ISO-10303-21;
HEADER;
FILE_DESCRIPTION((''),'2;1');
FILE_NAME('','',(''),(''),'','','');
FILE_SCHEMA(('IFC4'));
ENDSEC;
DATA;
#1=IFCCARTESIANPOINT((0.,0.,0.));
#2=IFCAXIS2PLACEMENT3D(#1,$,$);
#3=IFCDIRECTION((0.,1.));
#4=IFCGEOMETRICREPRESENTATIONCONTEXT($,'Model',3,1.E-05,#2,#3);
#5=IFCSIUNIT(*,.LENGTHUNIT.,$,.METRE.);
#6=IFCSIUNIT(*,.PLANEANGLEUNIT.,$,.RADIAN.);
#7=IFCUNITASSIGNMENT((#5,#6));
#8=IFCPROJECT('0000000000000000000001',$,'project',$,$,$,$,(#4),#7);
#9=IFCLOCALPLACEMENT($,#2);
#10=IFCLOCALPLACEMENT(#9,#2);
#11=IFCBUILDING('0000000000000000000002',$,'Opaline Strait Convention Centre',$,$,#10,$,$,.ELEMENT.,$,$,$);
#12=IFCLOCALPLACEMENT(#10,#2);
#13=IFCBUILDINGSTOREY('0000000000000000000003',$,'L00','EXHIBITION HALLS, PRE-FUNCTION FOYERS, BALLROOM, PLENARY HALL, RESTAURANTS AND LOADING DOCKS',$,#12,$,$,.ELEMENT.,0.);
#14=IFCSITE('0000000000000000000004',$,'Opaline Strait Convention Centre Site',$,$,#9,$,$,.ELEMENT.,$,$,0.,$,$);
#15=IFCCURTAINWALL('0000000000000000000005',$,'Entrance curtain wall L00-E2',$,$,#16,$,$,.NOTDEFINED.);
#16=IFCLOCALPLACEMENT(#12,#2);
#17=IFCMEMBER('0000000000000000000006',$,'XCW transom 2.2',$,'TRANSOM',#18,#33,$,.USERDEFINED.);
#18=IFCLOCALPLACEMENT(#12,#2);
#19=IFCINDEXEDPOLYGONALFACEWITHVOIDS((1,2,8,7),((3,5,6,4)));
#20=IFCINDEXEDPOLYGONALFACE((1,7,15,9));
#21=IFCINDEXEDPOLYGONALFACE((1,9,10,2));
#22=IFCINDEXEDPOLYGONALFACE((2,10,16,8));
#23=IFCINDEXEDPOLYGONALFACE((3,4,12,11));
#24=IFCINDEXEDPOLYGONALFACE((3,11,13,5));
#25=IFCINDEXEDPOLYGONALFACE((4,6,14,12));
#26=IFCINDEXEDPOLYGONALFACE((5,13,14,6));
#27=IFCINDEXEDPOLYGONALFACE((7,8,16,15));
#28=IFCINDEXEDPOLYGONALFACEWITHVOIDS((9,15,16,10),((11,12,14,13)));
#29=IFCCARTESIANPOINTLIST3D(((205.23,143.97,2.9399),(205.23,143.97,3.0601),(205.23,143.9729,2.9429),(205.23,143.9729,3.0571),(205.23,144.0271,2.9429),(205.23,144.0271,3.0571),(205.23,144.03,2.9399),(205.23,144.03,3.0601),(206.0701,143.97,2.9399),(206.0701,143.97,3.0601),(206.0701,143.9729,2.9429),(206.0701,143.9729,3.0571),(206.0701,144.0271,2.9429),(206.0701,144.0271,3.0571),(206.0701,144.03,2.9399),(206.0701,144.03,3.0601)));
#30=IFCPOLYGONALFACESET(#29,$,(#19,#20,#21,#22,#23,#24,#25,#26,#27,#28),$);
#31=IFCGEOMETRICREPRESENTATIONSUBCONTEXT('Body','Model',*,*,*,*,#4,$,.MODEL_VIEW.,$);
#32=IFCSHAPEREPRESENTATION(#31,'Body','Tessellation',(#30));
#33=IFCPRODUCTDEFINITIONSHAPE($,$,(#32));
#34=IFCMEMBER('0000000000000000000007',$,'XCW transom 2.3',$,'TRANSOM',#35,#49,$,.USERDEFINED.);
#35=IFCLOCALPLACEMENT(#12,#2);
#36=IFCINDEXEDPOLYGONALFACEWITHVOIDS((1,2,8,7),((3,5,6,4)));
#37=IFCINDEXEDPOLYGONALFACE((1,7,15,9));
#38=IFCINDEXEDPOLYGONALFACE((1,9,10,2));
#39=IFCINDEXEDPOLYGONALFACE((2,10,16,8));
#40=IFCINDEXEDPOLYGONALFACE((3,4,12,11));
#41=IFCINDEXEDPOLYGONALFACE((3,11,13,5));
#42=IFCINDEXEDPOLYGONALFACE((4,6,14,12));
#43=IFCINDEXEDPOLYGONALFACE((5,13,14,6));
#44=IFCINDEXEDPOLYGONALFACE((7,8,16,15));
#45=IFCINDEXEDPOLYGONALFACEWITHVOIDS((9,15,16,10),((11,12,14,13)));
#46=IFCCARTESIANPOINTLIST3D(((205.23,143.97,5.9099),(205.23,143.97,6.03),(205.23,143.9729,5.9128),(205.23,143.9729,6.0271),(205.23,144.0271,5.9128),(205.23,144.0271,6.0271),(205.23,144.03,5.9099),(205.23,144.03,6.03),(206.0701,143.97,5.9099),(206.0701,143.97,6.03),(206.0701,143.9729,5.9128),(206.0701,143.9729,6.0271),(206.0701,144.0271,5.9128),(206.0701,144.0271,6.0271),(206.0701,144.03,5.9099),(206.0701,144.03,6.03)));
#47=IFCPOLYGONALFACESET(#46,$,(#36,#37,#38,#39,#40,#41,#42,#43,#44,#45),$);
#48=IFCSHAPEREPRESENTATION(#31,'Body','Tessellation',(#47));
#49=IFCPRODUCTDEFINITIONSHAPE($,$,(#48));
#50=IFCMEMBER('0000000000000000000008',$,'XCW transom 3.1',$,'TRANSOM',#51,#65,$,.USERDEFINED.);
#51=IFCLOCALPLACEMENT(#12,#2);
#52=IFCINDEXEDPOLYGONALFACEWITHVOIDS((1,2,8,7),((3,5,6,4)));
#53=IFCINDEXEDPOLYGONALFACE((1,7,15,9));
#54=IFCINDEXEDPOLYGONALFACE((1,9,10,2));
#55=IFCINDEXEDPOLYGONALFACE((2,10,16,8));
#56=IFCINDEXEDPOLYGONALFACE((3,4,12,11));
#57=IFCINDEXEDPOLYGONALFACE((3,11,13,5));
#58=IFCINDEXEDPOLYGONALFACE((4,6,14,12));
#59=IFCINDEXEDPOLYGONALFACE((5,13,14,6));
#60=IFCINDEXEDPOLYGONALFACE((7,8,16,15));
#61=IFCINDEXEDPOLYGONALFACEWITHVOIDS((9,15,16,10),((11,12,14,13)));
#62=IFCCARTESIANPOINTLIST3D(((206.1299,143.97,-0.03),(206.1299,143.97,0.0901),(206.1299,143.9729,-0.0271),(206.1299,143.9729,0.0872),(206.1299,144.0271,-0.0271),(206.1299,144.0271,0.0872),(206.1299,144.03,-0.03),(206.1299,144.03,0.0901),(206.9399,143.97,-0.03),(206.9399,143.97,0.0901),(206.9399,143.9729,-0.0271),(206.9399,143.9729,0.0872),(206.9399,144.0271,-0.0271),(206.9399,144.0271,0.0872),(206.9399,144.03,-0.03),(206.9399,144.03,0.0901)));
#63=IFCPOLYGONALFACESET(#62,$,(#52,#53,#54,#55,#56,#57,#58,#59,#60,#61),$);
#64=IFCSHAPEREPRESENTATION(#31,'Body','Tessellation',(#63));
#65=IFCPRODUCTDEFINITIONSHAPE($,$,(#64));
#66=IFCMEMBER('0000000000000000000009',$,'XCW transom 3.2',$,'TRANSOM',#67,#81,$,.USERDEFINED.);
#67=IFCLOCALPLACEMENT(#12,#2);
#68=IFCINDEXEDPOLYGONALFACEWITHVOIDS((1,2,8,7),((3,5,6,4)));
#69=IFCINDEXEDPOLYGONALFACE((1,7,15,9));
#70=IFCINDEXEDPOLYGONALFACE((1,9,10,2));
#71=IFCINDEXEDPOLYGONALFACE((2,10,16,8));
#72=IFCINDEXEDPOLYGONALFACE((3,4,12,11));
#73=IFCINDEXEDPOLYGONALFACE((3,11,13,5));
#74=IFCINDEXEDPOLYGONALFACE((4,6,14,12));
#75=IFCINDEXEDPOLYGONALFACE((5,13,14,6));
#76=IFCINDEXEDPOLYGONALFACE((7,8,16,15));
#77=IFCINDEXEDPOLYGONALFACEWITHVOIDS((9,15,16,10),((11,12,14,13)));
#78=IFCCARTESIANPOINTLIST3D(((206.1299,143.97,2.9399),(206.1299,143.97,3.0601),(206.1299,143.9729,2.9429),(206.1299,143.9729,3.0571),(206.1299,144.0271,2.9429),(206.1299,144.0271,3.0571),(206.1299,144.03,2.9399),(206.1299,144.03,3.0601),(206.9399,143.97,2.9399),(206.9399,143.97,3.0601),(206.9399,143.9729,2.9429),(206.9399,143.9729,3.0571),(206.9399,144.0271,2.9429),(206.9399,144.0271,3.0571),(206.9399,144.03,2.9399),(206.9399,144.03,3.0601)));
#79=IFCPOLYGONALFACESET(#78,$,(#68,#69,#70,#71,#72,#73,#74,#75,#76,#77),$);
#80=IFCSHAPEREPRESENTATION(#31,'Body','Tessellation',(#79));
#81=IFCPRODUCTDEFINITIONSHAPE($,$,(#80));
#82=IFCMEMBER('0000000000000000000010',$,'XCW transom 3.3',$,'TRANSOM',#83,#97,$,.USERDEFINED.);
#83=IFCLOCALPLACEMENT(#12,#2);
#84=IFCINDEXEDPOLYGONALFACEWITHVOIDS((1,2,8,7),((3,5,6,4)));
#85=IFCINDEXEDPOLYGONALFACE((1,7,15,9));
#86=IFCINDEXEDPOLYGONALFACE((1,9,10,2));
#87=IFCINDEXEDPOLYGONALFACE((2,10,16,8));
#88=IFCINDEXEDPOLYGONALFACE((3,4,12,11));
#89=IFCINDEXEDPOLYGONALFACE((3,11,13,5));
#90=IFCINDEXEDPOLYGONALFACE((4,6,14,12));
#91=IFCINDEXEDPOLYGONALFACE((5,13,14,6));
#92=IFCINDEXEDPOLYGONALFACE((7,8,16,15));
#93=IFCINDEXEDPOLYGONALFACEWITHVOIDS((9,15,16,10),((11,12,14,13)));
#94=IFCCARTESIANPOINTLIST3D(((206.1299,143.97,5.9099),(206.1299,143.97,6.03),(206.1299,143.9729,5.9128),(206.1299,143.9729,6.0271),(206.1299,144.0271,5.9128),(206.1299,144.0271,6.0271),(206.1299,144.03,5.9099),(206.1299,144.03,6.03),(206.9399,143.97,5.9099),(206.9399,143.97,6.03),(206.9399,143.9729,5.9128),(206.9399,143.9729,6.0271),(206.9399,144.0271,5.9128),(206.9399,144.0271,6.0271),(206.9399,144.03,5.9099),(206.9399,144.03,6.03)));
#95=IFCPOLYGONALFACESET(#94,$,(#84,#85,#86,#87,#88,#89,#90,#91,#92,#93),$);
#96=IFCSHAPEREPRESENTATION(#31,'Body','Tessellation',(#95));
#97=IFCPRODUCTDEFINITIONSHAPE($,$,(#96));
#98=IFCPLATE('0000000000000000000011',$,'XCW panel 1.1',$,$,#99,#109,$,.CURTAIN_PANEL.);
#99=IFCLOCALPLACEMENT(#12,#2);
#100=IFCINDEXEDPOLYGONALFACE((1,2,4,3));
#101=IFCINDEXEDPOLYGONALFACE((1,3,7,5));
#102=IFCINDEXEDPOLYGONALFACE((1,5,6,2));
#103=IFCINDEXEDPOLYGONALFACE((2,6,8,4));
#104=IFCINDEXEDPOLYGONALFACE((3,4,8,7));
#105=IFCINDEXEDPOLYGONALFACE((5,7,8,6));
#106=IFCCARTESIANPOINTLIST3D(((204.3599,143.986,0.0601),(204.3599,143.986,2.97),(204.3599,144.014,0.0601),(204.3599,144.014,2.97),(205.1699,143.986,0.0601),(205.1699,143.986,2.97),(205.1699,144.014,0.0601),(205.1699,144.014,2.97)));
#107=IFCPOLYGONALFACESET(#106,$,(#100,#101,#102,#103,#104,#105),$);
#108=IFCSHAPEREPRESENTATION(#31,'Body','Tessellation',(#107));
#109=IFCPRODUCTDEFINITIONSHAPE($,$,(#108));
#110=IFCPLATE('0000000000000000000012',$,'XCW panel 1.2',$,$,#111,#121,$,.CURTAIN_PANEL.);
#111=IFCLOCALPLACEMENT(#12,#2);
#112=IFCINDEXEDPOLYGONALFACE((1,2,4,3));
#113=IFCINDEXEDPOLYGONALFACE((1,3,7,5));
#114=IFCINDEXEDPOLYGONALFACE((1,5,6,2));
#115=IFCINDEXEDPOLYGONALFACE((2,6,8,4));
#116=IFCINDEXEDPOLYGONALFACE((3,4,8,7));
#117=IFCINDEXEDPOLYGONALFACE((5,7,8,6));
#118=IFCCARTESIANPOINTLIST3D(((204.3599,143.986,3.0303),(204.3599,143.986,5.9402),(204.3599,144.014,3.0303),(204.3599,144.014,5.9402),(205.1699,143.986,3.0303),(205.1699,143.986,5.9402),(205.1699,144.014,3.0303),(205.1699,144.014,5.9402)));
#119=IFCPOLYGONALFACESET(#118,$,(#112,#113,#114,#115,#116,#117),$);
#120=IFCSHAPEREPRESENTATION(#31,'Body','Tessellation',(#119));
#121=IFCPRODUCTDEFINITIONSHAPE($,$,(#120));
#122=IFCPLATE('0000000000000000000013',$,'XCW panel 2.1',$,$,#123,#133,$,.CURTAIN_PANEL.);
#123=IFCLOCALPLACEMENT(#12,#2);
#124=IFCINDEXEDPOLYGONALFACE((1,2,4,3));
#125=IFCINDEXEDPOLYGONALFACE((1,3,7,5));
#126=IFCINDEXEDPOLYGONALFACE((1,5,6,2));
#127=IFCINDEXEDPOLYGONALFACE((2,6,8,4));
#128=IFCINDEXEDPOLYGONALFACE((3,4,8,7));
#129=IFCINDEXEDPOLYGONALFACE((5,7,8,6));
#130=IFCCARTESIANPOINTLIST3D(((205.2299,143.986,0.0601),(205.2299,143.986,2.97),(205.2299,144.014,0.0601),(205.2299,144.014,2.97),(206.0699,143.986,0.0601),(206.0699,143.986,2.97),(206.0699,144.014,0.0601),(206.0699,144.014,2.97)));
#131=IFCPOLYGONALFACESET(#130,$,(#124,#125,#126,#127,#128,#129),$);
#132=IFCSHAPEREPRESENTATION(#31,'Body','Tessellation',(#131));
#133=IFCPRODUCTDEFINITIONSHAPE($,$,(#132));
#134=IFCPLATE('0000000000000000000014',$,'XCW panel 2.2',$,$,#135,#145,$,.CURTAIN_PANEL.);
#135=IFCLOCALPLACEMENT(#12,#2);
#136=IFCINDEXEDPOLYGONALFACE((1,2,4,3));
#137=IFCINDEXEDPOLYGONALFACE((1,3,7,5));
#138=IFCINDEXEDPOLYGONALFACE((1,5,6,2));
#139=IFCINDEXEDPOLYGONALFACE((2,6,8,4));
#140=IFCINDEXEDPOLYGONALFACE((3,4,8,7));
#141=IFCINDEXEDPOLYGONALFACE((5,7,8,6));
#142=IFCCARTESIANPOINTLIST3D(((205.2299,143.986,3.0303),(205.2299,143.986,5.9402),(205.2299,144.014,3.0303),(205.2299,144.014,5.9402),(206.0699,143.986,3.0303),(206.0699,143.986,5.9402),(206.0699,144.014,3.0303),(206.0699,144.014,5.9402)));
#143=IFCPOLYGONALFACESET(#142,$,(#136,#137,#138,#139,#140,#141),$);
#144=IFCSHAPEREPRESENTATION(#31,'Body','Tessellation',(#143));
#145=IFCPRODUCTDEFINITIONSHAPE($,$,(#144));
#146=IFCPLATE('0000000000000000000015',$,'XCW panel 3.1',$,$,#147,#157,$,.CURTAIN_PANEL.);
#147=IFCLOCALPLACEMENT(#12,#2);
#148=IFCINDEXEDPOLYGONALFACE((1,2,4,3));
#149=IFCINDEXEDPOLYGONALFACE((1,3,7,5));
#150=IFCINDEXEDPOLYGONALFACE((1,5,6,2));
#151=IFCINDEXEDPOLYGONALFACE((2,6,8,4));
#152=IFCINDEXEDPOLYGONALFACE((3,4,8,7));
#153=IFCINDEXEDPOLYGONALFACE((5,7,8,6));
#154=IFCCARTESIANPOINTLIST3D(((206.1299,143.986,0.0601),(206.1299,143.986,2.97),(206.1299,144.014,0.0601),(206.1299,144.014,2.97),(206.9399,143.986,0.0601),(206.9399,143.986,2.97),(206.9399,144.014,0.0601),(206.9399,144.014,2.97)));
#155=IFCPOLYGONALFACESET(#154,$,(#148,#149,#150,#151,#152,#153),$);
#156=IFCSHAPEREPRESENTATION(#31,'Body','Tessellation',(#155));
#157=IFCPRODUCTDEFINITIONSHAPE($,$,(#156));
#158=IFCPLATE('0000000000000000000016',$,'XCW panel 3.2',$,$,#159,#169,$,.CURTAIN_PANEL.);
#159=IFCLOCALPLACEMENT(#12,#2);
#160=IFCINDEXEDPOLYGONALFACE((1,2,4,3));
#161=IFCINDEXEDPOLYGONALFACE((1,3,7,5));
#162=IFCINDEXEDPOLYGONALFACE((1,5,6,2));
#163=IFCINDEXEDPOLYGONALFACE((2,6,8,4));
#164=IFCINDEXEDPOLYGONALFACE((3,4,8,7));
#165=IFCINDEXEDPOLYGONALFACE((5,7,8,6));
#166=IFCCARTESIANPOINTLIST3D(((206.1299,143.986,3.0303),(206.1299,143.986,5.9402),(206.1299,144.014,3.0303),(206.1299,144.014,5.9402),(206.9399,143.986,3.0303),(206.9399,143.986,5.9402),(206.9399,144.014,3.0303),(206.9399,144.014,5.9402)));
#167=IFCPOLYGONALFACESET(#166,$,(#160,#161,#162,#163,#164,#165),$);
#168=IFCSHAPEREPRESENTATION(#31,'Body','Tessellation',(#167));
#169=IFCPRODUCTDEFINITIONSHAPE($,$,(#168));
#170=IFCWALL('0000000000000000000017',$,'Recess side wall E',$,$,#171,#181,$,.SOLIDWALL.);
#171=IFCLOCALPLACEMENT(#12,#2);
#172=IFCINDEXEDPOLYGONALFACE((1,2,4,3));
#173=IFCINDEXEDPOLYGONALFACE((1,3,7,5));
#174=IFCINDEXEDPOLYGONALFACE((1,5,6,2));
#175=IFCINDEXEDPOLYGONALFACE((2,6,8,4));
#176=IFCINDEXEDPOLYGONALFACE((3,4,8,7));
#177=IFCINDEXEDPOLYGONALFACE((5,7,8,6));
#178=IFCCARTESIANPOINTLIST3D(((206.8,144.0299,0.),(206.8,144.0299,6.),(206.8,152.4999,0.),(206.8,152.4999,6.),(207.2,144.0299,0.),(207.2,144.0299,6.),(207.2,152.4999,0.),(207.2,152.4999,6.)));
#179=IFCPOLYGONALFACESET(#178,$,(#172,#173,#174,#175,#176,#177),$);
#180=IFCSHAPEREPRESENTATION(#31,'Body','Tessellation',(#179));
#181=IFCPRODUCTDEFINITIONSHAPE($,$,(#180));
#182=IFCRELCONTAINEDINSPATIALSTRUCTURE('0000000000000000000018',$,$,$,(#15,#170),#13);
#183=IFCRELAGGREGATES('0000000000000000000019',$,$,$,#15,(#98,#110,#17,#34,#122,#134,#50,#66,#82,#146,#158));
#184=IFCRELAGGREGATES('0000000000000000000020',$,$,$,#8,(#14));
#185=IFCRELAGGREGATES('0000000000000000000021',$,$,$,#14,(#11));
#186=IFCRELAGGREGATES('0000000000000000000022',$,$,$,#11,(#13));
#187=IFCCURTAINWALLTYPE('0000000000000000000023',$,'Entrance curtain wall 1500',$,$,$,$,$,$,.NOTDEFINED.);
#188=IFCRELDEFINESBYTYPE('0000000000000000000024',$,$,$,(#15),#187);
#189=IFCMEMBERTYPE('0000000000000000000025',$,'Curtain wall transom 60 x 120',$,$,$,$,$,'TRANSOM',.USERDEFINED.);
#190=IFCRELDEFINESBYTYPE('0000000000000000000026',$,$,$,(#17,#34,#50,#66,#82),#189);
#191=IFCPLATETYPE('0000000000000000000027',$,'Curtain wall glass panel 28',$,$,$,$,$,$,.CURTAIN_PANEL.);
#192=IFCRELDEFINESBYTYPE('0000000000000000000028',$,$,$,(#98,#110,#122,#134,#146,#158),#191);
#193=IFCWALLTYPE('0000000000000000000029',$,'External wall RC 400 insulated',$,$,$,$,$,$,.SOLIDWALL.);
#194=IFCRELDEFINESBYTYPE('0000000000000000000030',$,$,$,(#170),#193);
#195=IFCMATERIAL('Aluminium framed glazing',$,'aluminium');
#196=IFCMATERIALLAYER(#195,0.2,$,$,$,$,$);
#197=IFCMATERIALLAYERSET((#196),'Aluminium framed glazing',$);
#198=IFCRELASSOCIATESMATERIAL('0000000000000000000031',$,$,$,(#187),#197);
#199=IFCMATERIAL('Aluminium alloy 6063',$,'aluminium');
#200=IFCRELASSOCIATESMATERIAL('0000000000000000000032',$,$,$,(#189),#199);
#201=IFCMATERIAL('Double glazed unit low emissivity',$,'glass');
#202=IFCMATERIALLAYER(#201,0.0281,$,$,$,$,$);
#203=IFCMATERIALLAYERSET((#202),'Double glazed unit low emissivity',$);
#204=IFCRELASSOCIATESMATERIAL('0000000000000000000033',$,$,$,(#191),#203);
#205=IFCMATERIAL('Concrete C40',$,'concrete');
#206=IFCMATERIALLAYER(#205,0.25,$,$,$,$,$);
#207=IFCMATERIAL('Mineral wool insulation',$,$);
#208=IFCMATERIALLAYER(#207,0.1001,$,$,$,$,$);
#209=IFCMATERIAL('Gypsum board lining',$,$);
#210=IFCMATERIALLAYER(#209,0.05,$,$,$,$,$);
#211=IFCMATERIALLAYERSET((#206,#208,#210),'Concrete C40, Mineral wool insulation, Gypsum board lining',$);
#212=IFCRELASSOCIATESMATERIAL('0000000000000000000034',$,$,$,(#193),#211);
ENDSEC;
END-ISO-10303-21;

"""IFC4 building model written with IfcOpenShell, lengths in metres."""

from ifc_helpers import new_model, si_unit, direction, frame, frame_2d, origin, origin_2d, place, context, subcontext, project, spatial, rectangle, hollow_rectangle, extrude, material, layer, layer_set, material_profile, profile_set, type_object, element, aggregate, save


model = new_model("IFC4")

# Units and contexts
model_context = context("Model", 3, precision=1e-05, world=origin(), true_north=direction((0.0, 1.0)))
body_context = subcontext(model_context, "Body", "Model", "MODEL_VIEW")
ifc_project = project(units=[si_unit("LENGTHUNIT", "METRE"), si_unit("PLANEANGLEUNIT", "RADIAN")], contexts=[model_context])

# Site, building, storey
site_placement = place(None, origin())
site = spatial("IfcSite", under=ifc_project, at=site_placement, Name="Opaline Strait Convention Centre Site", CompositionType="ELEMENT", RefElevation=0.0)
building_placement = place(site_placement, origin())
building = spatial("IfcBuilding", under=site, at=building_placement, Name="Opaline Strait Convention Centre", CompositionType="ELEMENT")
storey_placement = place(building_placement, origin())
storey = spatial("IfcBuildingStorey", under=building, at=storey_placement, Name="L00", Description="EXHIBITION HALLS, PRE-FUNCTION FOYERS, BALLROOM, PLENARY HALL, RESTAURANTS AND LOADING DOCKS", CompositionType="ELEMENT", Elevation=0.0)

# Curtain wall, members, plates
ifc_material_1 = material(Name="Aluminium framed glazing", Category="aluminium")
ifc_layer_1 = layer(ifc_material_1, 0.2)
ifc_layer_set_1 = layer_set([ifc_layer_1], Name="Aluminium framed glazing")
curtain_wall_type = type_object("IfcCurtainWallType", Name="Entrance curtain wall 1500", PredefinedType="NOTDEFINED", material=ifc_layer_set_1)
curtain_wall_placement = place(storey_placement, origin())
curtain_wall = element("IfcCurtainWall", 1, at=curtain_wall_placement, inside=storey, type_object=curtain_wall_type, Name="Entrance curtain wall L00-E2", PredefinedType="NOTDEFINED")
ifc_material_2 = material(Name="Aluminium alloy 6063", Category="aluminium")
ifc_material_profile_1 = material_profile(ifc_material_2, hollow_rectangle(XDim=0.0601, YDim=0.1201, WallThickness=0.0029, at=origin_2d()), Name="TRANSOM 60x120x3")
ifc_profile_set_1 = profile_set([ifc_material_profile_1], Name="Aluminium alloy 6063")
member_type_1 = type_object("IfcMemberType", Name="Curtain wall transom 60 x 120", ElementType="TRANSOM", PredefinedType="USERDEFINED", material=ifc_profile_set_1)
member_1_placement = place(storey_placement, frame((205.23, 144.0, 3.0), z_axis=(1.0, 0.0, 0.0), x_axis=(0.0, 1.0, 0.0)))
member_1 = element("IfcMember", 2, at=member_1_placement, type_object=member_type_1, Name="XCW transom 2.2", ObjectType="TRANSOM", PredefinedType="USERDEFINED", context=body_context, shape_type="SweptSolid", body=[
    extrude(hollow_rectangle(XDim=0.0601, YDim=0.1201, WallThickness=0.0029, at=origin_2d()), origin(), (0.0, 0.0, 1.0), 0.8401),
])
member_2_placement = place(storey_placement, frame((205.23, 144.0, 5.97), z_axis=(1.0, 0.0, 0.0), x_axis=(0.0, 1.0, 0.0)))
member_2 = element("IfcMember", 3, at=member_2_placement, type_object=member_type_1, Name="XCW transom 2.3", ObjectType="TRANSOM", PredefinedType="USERDEFINED", context=body_context, shape_type="SweptSolid", body=[
    extrude(hollow_rectangle(XDim=0.0601, YDim=0.1201, WallThickness=0.0029, at=origin_2d()), origin(), (0.0, 0.0, 1.0), 0.8401),
])
member_3_placement = place(storey_placement, frame((206.1299, 144.0, 0.03), z_axis=(1.0, 0.0, 0.0), x_axis=(0.0, 1.0, 0.0)))
member_3 = element("IfcMember", 4, at=member_3_placement, type_object=member_type_1, Name="XCW transom 3.1", ObjectType="TRANSOM", PredefinedType="USERDEFINED", context=body_context, shape_type="SweptSolid", body=[
    extrude(hollow_rectangle(XDim=0.0601, YDim=0.1201, WallThickness=0.0029, at=origin_2d()), origin(), (0.0, 0.0, 1.0), 0.8101),
])
member_4_placement = place(storey_placement, frame((206.1299, 144.0, 3.0), z_axis=(1.0, 0.0, 0.0), x_axis=(0.0, 1.0, 0.0)))
member_4 = element("IfcMember", 5, at=member_4_placement, type_object=member_type_1, Name="XCW transom 3.2", ObjectType="TRANSOM", PredefinedType="USERDEFINED", context=body_context, shape_type="SweptSolid", body=[
    extrude(hollow_rectangle(XDim=0.0601, YDim=0.1201, WallThickness=0.0029, at=origin_2d()), origin(), (0.0, 0.0, 1.0), 0.8101),
])
member_5_placement = place(storey_placement, frame((206.1299, 144.0, 5.97), z_axis=(1.0, 0.0, 0.0), x_axis=(0.0, 1.0, 0.0)))
member_5 = element("IfcMember", 6, at=member_5_placement, type_object=member_type_1, Name="XCW transom 3.3", ObjectType="TRANSOM", PredefinedType="USERDEFINED", context=body_context, shape_type="SweptSolid", body=[
    extrude(hollow_rectangle(XDim=0.0601, YDim=0.1201, WallThickness=0.0029, at=origin_2d()), origin(), (0.0, 0.0, 1.0), 0.8101),
])
ifc_material_3 = material(Name="Double glazed unit low emissivity", Category="glass")
ifc_layer_2 = layer(ifc_material_3, 0.0281)
ifc_layer_set_2 = layer_set([ifc_layer_2], Name="Double glazed unit low emissivity")
plate_type = type_object("IfcPlateType", Name="Curtain wall glass panel 28", PredefinedType="CURTAIN_PANEL", material=ifc_layer_set_2)
plate_1_placement = place(storey_placement, frame((204.7649, 144.0, 0.0601), z_axis=(0.0, 0.0, 1.0), x_axis=(1.0, 0.0, 0.0)))
plate_1 = element("IfcPlate", 7, at=plate_1_placement, type_object=plate_type, Name="XCW panel 1.1", PredefinedType="CURTAIN_PANEL", context=body_context, shape_type="SweptSolid", body=[
    extrude(rectangle(XDim=0.8101, YDim=0.0281, at=origin_2d()), origin(), (0.0, 0.0, 1.0), 2.9099),
])
plate_2_placement = place(storey_placement, frame((204.7649, 144.0, 3.0303), z_axis=(0.0, 0.0, 1.0), x_axis=(1.0, 0.0, 0.0)))
plate_2 = element("IfcPlate", 8, at=plate_2_placement, type_object=plate_type, Name="XCW panel 1.2", PredefinedType="CURTAIN_PANEL", context=body_context, shape_type="SweptSolid", body=[
    extrude(rectangle(XDim=0.8101, YDim=0.0281, at=origin_2d()), origin(), (0.0, 0.0, 1.0), 2.9099),
])
plate_3_placement = place(storey_placement, frame((205.6499, 144.0, 0.0601), z_axis=(0.0, 0.0, 1.0), x_axis=(1.0, 0.0, 0.0)))
plate_3 = element("IfcPlate", 9, at=plate_3_placement, type_object=plate_type, Name="XCW panel 2.1", PredefinedType="CURTAIN_PANEL", context=body_context, shape_type="SweptSolid", body=[
    extrude(rectangle(XDim=0.8401, YDim=0.0281, at=origin_2d()), origin(), (0.0, 0.0, 1.0), 2.9099),
])
plate_4_placement = place(storey_placement, frame((205.6499, 144.0, 3.0303), z_axis=(0.0, 0.0, 1.0), x_axis=(1.0, 0.0, 0.0)))
plate_4 = element("IfcPlate", 10, at=plate_4_placement, type_object=plate_type, Name="XCW panel 2.2", PredefinedType="CURTAIN_PANEL", context=body_context, shape_type="SweptSolid", body=[
    extrude(rectangle(XDim=0.8401, YDim=0.0281, at=origin_2d()), origin(), (0.0, 0.0, 1.0), 2.9099),
])
plate_5_placement = place(storey_placement, frame((206.5349, 144.0, 0.0601), z_axis=(0.0, 0.0, 1.0), x_axis=(1.0, 0.0, 0.0)))
plate_5 = element("IfcPlate", 11, at=plate_5_placement, type_object=plate_type, Name="XCW panel 3.1", PredefinedType="CURTAIN_PANEL", context=body_context, shape_type="SweptSolid", body=[
    extrude(rectangle(XDim=0.8101, YDim=0.0281, at=origin_2d()), origin(), (0.0, 0.0, 1.0), 2.9099),
])
plate_6_placement = place(storey_placement, frame((206.5349, 144.0, 3.0303), z_axis=(0.0, 0.0, 1.0), x_axis=(1.0, 0.0, 0.0)))
plate_6 = element("IfcPlate", 12, at=plate_6_placement, type_object=plate_type, Name="XCW panel 3.2", PredefinedType="CURTAIN_PANEL", context=body_context, shape_type="SweptSolid", body=[
    extrude(rectangle(XDim=0.8101, YDim=0.0281, at=origin_2d()), origin(), (0.0, 0.0, 1.0), 2.9099),
])
aggregate(curtain_wall, [plate_1, plate_2, member_1, member_2, plate_3, plate_4, member_3, member_4, member_5, plate_5, plate_6])

# Wall
ifc_material_4 = material(Name="Concrete C40", Category="concrete")
ifc_layer_3 = layer(ifc_material_4, 0.25)
ifc_material_5 = material(Name="Mineral wool insulation")
ifc_layer_4 = layer(ifc_material_5, 0.1001)
ifc_material_6 = material(Name="Gypsum board lining")
ifc_layer_5 = layer(ifc_material_6, 0.05)
ifc_layer_set_3 = layer_set([ifc_layer_3, ifc_layer_4, ifc_layer_5], Name="Concrete C40, Mineral wool insulation, Gypsum board lining")
wall_type = type_object("IfcWallType", Name="External wall RC 400 insulated", PredefinedType="SOLIDWALL", material=ifc_layer_set_3)
wall_placement = place(storey_placement, frame((207.0, 144.03, 0.0), z_axis=(0.0, 0.0, 1.0), x_axis=(0.0, 1.0, 0.0)))
element("IfcWall", 13, at=wall_placement, inside=storey, type_object=wall_type, Name="Recess side wall E", PredefinedType="SOLIDWALL", context=body_context, shape_type="SweptSolid", body=[
    extrude(rectangle(XDim=8.47, YDim=0.3999, at=frame_2d((4.2349, 0.0))), origin(), (0.0, 0.0, 1.0), 6.0),
])

save(model, "model.ifc")
